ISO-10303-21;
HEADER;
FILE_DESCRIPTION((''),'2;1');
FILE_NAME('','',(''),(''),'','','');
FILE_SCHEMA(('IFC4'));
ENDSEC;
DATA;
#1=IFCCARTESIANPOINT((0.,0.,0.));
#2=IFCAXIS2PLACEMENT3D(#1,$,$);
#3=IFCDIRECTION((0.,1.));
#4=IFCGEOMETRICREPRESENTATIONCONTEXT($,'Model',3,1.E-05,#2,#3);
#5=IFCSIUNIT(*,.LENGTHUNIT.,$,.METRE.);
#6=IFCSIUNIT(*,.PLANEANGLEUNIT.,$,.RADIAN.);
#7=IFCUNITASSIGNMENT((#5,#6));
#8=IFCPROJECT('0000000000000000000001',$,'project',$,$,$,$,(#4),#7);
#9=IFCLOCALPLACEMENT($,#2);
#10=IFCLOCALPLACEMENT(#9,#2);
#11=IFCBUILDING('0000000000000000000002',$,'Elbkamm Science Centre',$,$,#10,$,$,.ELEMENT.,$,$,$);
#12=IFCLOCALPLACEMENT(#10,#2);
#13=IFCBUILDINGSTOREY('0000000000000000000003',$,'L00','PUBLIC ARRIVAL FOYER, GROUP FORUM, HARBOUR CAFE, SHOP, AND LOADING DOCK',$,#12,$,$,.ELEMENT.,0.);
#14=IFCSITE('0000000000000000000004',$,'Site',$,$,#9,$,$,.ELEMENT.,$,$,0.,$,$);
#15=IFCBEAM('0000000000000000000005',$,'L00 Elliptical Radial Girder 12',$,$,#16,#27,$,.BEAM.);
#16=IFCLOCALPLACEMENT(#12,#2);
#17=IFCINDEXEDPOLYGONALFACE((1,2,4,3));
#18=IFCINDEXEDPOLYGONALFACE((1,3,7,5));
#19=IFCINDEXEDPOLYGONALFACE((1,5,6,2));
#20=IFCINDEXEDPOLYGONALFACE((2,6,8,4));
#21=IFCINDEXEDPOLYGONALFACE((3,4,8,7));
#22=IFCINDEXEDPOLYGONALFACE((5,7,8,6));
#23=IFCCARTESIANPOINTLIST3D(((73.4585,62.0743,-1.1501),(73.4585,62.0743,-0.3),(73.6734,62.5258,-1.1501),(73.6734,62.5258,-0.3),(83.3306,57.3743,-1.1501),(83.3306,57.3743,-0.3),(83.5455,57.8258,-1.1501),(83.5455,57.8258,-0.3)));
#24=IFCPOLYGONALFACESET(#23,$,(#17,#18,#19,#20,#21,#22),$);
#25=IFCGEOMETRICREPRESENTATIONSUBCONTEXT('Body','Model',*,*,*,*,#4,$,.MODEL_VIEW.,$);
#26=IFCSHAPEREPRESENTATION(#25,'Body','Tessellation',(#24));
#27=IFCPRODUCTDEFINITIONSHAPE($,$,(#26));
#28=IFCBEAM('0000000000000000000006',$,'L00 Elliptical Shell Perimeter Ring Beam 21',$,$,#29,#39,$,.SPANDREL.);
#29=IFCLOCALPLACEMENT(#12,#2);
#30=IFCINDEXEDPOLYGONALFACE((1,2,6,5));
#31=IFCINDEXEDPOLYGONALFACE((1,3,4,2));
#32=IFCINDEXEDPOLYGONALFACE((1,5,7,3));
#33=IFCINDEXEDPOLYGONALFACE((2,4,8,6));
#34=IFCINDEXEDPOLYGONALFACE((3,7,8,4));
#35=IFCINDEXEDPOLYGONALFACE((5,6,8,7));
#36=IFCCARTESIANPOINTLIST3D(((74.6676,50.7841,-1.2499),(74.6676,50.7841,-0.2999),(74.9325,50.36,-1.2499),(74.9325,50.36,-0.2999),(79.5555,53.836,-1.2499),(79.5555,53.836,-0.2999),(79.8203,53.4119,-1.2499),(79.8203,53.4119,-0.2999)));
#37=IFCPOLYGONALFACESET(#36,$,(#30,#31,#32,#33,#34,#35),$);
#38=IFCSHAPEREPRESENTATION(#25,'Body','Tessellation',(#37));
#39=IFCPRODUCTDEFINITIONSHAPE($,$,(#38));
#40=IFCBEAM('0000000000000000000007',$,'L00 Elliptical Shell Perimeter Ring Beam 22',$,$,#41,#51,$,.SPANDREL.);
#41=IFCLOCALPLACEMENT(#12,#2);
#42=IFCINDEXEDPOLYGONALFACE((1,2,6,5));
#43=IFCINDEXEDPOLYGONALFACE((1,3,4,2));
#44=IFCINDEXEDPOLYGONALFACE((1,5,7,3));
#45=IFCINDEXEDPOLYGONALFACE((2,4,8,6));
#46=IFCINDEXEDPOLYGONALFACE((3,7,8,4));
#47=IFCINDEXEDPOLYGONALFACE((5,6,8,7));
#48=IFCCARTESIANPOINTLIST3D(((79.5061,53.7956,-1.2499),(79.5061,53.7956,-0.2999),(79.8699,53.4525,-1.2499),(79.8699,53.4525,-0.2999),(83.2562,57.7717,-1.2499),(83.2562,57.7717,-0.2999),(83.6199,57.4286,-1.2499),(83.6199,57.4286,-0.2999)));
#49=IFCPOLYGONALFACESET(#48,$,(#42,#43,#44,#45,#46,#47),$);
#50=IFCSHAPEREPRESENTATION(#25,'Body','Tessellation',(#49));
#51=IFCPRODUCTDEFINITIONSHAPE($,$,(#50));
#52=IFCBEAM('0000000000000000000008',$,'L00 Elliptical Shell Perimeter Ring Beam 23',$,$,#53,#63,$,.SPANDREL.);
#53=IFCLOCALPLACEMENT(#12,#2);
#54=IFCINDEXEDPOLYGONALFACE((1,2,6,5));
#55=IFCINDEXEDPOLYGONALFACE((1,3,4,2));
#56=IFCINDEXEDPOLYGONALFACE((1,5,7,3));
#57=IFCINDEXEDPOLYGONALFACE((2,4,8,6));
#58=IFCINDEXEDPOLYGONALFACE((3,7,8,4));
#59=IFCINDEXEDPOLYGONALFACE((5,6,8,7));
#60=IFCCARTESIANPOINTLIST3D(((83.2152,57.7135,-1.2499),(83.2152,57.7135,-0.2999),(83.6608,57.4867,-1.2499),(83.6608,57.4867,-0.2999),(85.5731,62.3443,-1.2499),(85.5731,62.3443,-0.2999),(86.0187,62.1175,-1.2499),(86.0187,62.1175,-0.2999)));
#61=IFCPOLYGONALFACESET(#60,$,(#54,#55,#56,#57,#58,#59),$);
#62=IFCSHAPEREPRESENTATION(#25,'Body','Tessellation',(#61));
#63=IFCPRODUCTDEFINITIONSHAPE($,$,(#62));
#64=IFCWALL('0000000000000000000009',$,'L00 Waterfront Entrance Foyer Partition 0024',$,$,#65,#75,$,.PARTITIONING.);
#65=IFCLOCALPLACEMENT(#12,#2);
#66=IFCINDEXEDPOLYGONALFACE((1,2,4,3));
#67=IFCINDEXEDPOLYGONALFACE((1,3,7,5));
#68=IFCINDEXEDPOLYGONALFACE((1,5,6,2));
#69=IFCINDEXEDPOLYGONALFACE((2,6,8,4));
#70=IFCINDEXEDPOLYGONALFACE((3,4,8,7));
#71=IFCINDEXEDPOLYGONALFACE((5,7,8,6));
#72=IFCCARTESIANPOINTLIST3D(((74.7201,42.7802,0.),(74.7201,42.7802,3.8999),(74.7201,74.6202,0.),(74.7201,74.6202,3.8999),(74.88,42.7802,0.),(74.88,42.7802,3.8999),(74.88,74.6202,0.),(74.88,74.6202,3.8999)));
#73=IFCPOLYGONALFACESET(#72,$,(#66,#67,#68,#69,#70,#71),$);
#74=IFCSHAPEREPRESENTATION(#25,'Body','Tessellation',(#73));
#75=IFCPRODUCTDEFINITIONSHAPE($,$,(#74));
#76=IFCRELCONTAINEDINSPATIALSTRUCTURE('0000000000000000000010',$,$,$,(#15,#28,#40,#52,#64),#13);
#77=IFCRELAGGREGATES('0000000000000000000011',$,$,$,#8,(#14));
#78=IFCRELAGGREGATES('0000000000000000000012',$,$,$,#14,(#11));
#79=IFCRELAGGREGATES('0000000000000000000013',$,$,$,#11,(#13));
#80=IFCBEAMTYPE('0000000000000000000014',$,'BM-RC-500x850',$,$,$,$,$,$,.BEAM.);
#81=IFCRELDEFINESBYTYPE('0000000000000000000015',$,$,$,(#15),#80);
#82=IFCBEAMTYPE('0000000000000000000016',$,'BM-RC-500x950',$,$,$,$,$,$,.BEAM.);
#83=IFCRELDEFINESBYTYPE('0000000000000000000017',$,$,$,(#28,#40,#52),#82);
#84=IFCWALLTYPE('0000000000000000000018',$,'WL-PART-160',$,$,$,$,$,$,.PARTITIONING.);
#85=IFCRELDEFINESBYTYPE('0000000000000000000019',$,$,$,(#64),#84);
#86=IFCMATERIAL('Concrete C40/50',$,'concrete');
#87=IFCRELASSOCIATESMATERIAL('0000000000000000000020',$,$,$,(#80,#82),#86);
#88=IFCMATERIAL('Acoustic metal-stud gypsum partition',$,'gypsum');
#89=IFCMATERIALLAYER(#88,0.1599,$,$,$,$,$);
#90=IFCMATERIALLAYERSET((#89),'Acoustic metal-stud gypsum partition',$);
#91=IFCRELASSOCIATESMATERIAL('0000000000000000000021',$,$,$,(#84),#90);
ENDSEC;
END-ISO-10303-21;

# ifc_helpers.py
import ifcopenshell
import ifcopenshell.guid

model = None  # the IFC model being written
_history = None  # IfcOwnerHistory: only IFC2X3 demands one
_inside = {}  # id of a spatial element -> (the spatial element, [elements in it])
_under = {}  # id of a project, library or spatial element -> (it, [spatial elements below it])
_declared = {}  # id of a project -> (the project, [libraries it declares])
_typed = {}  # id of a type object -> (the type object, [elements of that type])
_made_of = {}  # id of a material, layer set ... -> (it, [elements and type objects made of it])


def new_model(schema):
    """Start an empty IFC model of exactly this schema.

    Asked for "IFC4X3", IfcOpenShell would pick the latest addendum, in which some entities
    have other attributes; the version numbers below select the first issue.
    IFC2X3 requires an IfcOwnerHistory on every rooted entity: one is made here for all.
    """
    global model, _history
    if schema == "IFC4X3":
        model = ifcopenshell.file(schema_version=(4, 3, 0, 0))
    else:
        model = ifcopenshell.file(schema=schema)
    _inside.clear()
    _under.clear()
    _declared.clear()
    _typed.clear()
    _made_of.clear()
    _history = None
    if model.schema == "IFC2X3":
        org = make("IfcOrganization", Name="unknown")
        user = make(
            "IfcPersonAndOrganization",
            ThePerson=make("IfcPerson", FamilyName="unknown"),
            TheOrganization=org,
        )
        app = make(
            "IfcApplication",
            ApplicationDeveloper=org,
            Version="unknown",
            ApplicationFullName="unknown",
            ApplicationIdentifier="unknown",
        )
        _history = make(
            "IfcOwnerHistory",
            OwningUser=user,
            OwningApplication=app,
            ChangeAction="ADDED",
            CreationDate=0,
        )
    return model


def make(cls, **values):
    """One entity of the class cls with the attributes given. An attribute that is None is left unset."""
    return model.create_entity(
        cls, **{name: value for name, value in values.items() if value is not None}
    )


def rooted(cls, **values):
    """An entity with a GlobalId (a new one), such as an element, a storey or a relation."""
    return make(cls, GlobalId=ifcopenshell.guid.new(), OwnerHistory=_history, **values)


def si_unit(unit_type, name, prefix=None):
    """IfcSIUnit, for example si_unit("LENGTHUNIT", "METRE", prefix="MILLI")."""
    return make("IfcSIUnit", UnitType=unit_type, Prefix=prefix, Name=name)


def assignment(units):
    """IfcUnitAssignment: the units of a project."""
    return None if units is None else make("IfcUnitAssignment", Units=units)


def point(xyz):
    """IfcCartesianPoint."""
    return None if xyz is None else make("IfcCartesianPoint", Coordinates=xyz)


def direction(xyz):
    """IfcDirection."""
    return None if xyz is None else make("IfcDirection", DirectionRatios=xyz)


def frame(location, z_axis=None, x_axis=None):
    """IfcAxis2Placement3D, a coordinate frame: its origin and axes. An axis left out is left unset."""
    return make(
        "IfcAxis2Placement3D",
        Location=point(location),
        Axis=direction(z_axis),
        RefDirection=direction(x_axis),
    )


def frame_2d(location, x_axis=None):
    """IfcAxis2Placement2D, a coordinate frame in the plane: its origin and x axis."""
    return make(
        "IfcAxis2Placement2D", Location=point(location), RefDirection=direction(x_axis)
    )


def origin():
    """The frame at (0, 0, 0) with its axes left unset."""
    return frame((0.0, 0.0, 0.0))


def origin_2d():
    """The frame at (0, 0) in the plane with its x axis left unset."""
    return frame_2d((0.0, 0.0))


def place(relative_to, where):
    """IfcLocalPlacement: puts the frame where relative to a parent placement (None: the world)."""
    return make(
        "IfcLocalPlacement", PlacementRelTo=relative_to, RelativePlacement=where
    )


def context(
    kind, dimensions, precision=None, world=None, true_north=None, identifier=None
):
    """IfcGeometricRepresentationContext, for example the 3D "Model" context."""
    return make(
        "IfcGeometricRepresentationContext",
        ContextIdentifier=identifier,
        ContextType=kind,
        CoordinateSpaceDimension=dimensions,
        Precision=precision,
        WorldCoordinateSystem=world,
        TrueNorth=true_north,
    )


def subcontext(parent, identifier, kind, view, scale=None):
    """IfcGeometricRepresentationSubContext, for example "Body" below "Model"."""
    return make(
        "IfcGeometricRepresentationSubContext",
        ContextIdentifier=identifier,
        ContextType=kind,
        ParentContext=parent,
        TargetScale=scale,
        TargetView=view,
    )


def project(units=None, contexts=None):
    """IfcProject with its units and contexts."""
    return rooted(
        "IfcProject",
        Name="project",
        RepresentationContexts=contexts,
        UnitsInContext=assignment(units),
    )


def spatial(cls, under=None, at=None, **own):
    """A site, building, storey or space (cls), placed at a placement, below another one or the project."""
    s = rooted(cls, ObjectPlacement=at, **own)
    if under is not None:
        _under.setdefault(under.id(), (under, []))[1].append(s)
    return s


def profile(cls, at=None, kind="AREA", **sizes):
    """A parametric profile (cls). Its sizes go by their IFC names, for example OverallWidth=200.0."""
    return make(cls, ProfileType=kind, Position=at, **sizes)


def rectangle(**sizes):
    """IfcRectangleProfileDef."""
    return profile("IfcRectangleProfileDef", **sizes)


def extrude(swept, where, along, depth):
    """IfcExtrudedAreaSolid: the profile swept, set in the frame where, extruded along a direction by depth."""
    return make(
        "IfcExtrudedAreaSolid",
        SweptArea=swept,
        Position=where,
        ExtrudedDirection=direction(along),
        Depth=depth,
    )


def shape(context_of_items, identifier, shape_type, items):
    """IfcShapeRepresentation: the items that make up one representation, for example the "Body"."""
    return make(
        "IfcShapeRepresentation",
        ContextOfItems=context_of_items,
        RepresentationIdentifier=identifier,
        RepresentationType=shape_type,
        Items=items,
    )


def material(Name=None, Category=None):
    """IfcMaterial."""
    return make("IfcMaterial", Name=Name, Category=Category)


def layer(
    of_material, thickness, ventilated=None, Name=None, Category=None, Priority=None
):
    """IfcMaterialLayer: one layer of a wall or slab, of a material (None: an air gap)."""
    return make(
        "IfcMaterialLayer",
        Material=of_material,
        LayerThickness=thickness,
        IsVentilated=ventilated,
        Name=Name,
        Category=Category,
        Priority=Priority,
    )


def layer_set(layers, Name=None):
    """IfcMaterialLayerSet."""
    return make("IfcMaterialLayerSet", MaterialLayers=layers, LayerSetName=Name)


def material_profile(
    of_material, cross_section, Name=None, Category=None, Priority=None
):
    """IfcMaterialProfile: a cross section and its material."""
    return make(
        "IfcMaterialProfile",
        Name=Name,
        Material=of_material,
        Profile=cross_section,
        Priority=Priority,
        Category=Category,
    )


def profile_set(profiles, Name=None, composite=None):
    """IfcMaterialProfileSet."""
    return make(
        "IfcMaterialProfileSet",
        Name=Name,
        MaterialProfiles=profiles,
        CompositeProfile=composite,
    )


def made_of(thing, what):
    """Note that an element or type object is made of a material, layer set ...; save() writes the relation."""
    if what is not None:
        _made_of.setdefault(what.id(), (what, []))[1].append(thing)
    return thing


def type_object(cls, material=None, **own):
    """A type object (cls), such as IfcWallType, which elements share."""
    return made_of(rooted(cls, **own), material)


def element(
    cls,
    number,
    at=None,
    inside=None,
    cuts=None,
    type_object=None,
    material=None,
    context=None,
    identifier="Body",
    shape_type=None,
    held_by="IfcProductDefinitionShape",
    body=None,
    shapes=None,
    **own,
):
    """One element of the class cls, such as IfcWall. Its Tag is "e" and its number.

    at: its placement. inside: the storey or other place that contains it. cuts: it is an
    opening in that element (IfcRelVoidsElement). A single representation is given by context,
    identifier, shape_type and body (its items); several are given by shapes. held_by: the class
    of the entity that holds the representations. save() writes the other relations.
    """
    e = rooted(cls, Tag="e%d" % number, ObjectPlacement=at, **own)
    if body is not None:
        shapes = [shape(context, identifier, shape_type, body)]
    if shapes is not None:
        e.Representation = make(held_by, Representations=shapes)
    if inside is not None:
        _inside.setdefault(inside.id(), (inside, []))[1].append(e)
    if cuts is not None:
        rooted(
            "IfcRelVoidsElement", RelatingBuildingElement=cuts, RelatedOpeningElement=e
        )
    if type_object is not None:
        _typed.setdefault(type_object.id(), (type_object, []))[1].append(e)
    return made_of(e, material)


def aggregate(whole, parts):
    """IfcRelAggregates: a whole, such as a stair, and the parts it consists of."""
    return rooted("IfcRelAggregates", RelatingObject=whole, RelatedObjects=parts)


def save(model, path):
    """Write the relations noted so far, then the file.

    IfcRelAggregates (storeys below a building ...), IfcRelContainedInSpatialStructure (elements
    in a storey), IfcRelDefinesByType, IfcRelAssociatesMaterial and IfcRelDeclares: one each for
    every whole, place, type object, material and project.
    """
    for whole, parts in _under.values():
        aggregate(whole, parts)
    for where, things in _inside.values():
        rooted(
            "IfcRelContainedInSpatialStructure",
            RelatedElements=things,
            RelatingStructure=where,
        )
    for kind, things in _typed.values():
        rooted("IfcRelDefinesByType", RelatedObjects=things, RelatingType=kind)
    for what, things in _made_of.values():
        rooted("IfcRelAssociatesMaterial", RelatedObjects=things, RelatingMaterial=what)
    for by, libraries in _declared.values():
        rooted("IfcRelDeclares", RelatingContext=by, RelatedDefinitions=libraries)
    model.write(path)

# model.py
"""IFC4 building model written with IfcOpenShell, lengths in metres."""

from ifc_helpers import new_model, si_unit, direction, frame, frame_2d, origin, origin_2d, place, context, subcontext, project, spatial, rectangle, extrude, material, layer, layer_set, material_profile, profile_set, type_object, element, save


model = new_model("IFC4")

# Units and contexts
model_context = context("Model", 3, precision=1e-05, world=origin(), true_north=direction((0.0, 1.0)))
body_context = subcontext(model_context, "Body", "Model", "MODEL_VIEW")
ifc_project = project(units=[si_unit("LENGTHUNIT", "METRE"), si_unit("PLANEANGLEUNIT", "RADIAN")], contexts=[model_context])

# Site, building, storey
site_placement = place(None, origin())
site = spatial("IfcSite", under=ifc_project, at=site_placement, Name="Site", CompositionType="ELEMENT", RefElevation=0.0)
building_placement = place(site_placement, origin())
building = spatial("IfcBuilding", under=site, at=building_placement, Name="Elbkamm Science Centre", CompositionType="ELEMENT")
storey_placement = place(building_placement, origin())
storey = spatial("IfcBuildingStorey", under=building, at=storey_placement, Name="L00", Description="PUBLIC ARRIVAL FOYER, GROUP FORUM, HARBOUR CAFE, SHOP, AND LOADING DOCK", CompositionType="ELEMENT", Elevation=0.0)

# Shared definitions
ifc_material_1 = material(Name="Concrete C40/50", Category="concrete")

# Beams
ifc_material_profile_1 = material_profile(ifc_material_1, rectangle(XDim=0.5, YDim=0.8501, at=origin_2d()), Name="RC 500x850")
ifc_profile_set_1 = profile_set([ifc_material_profile_1], Name="Concrete C40/50")
beam_type_1 = type_object("IfcBeamType", Name="BM-RC-500x850", PredefinedType="BEAM", material=ifc_profile_set_1)
beam_1_placement = place(storey_placement, frame((73.5659, 62.3, -0.7251), z_axis=(0.902897, -0.429856, 0.0), x_axis=(0.429856, 0.902897, 0.0)))
element("IfcBeam", 1, at=beam_1_placement, inside=storey, type_object=beam_type_1, Name="L00 Elliptical Radial Girder 12", PredefinedType="BEAM", context=body_context, shape_type="SweptSolid", body=[
    extrude(rectangle(XDim=0.5, YDim=0.8501, at=origin_2d()), origin(), (0.0, 0.0, 1.0), 10.9338),
])
ifc_material_profile_2 = material_profile(ifc_material_1, rectangle(XDim=0.5, YDim=0.95, at=origin_2d()), Name="RC 500x950")
ifc_profile_set_2 = profile_set([ifc_material_profile_2], Name="Concrete C40/50")
beam_type_2 = type_object("IfcBeamType", Name="BM-RC-500x950", PredefinedType="BEAM", material=ifc_profile_set_2)
beam_2_placement = place(storey_placement, frame((74.8, 50.572, -0.7749), z_axis=(0.848229, 0.529629, 0.0), x_axis=(-0.529629, 0.848229, 0.0)))
element("IfcBeam", 2, at=beam_2_placement, inside=storey, type_object=beam_type_2, Name="L00 Elliptical Shell Perimeter Ring Beam 21", PredefinedType="SPANDREL", context=body_context, shape_type="SweptSolid", body=[
    extrude(rectangle(XDim=0.5, YDim=0.95, at=origin_2d()), origin(), (0.0, 0.0, 1.0), 5.7625),
])
beam_3_placement = place(storey_placement, frame((79.688, 53.624, -0.7749), z_axis=(0.686122, 0.727486, 0.0), x_axis=(-0.727486, 0.686122, 0.0)))
element("IfcBeam", 3, at=beam_3_placement, inside=storey, type_object=beam_type_2, Name="L00 Elliptical Shell Perimeter Ring Beam 22", PredefinedType="SPANDREL", context=body_context, shape_type="SweptSolid", body=[
    extrude(rectangle(XDim=0.5, YDim=0.95, at=origin_2d()), origin(), (0.0, 0.0, 1.0), 5.4656),
])
beam_4_placement = place(storey_placement, frame((83.438, 57.6001, -0.7749), z_axis=(0.453741, 0.891133, 0.0), x_axis=(-0.891133, 0.453741, 0.0)))
element("IfcBeam", 4, at=beam_4_placement, inside=storey, type_object=beam_type_2, Name="L00 Elliptical Shell Perimeter Ring Beam 23", PredefinedType="SPANDREL", context=body_context, shape_type="SweptSolid", body=[
    extrude(rectangle(XDim=0.5, YDim=0.95, at=origin_2d()), origin(), (0.0, 0.0, 1.0), 5.1965),
])

# Wall
ifc_material_2 = material(Name="Acoustic metal-stud gypsum partition", Category="gypsum")
ifc_layer = layer(ifc_material_2, 0.1599)
ifc_layer_set = layer_set([ifc_layer], Name="Acoustic metal-stud gypsum partition")
wall_type = type_object("IfcWallType", Name="WL-PART-160", PredefinedType="PARTITIONING", material=ifc_layer_set)
wall_placement = place(storey_placement, frame((74.8, 74.6201, 0.0), z_axis=(0.0, 0.0, 1.0), x_axis=(0.0, -1.0, 0.0)))
element("IfcWall", 5, at=wall_placement, inside=storey, type_object=wall_type, Name="L00 Waterfront Entrance Foyer Partition 0024", PredefinedType="PARTITIONING", context=body_context, shape_type="SweptSolid", body=[
    extrude(rectangle(XDim=31.8401, YDim=0.1599, at=frame_2d((15.9199, 0.0))), origin(), (0.0, 0.0, 1.0), 3.8999),
])

save(model, "model.ifc")
